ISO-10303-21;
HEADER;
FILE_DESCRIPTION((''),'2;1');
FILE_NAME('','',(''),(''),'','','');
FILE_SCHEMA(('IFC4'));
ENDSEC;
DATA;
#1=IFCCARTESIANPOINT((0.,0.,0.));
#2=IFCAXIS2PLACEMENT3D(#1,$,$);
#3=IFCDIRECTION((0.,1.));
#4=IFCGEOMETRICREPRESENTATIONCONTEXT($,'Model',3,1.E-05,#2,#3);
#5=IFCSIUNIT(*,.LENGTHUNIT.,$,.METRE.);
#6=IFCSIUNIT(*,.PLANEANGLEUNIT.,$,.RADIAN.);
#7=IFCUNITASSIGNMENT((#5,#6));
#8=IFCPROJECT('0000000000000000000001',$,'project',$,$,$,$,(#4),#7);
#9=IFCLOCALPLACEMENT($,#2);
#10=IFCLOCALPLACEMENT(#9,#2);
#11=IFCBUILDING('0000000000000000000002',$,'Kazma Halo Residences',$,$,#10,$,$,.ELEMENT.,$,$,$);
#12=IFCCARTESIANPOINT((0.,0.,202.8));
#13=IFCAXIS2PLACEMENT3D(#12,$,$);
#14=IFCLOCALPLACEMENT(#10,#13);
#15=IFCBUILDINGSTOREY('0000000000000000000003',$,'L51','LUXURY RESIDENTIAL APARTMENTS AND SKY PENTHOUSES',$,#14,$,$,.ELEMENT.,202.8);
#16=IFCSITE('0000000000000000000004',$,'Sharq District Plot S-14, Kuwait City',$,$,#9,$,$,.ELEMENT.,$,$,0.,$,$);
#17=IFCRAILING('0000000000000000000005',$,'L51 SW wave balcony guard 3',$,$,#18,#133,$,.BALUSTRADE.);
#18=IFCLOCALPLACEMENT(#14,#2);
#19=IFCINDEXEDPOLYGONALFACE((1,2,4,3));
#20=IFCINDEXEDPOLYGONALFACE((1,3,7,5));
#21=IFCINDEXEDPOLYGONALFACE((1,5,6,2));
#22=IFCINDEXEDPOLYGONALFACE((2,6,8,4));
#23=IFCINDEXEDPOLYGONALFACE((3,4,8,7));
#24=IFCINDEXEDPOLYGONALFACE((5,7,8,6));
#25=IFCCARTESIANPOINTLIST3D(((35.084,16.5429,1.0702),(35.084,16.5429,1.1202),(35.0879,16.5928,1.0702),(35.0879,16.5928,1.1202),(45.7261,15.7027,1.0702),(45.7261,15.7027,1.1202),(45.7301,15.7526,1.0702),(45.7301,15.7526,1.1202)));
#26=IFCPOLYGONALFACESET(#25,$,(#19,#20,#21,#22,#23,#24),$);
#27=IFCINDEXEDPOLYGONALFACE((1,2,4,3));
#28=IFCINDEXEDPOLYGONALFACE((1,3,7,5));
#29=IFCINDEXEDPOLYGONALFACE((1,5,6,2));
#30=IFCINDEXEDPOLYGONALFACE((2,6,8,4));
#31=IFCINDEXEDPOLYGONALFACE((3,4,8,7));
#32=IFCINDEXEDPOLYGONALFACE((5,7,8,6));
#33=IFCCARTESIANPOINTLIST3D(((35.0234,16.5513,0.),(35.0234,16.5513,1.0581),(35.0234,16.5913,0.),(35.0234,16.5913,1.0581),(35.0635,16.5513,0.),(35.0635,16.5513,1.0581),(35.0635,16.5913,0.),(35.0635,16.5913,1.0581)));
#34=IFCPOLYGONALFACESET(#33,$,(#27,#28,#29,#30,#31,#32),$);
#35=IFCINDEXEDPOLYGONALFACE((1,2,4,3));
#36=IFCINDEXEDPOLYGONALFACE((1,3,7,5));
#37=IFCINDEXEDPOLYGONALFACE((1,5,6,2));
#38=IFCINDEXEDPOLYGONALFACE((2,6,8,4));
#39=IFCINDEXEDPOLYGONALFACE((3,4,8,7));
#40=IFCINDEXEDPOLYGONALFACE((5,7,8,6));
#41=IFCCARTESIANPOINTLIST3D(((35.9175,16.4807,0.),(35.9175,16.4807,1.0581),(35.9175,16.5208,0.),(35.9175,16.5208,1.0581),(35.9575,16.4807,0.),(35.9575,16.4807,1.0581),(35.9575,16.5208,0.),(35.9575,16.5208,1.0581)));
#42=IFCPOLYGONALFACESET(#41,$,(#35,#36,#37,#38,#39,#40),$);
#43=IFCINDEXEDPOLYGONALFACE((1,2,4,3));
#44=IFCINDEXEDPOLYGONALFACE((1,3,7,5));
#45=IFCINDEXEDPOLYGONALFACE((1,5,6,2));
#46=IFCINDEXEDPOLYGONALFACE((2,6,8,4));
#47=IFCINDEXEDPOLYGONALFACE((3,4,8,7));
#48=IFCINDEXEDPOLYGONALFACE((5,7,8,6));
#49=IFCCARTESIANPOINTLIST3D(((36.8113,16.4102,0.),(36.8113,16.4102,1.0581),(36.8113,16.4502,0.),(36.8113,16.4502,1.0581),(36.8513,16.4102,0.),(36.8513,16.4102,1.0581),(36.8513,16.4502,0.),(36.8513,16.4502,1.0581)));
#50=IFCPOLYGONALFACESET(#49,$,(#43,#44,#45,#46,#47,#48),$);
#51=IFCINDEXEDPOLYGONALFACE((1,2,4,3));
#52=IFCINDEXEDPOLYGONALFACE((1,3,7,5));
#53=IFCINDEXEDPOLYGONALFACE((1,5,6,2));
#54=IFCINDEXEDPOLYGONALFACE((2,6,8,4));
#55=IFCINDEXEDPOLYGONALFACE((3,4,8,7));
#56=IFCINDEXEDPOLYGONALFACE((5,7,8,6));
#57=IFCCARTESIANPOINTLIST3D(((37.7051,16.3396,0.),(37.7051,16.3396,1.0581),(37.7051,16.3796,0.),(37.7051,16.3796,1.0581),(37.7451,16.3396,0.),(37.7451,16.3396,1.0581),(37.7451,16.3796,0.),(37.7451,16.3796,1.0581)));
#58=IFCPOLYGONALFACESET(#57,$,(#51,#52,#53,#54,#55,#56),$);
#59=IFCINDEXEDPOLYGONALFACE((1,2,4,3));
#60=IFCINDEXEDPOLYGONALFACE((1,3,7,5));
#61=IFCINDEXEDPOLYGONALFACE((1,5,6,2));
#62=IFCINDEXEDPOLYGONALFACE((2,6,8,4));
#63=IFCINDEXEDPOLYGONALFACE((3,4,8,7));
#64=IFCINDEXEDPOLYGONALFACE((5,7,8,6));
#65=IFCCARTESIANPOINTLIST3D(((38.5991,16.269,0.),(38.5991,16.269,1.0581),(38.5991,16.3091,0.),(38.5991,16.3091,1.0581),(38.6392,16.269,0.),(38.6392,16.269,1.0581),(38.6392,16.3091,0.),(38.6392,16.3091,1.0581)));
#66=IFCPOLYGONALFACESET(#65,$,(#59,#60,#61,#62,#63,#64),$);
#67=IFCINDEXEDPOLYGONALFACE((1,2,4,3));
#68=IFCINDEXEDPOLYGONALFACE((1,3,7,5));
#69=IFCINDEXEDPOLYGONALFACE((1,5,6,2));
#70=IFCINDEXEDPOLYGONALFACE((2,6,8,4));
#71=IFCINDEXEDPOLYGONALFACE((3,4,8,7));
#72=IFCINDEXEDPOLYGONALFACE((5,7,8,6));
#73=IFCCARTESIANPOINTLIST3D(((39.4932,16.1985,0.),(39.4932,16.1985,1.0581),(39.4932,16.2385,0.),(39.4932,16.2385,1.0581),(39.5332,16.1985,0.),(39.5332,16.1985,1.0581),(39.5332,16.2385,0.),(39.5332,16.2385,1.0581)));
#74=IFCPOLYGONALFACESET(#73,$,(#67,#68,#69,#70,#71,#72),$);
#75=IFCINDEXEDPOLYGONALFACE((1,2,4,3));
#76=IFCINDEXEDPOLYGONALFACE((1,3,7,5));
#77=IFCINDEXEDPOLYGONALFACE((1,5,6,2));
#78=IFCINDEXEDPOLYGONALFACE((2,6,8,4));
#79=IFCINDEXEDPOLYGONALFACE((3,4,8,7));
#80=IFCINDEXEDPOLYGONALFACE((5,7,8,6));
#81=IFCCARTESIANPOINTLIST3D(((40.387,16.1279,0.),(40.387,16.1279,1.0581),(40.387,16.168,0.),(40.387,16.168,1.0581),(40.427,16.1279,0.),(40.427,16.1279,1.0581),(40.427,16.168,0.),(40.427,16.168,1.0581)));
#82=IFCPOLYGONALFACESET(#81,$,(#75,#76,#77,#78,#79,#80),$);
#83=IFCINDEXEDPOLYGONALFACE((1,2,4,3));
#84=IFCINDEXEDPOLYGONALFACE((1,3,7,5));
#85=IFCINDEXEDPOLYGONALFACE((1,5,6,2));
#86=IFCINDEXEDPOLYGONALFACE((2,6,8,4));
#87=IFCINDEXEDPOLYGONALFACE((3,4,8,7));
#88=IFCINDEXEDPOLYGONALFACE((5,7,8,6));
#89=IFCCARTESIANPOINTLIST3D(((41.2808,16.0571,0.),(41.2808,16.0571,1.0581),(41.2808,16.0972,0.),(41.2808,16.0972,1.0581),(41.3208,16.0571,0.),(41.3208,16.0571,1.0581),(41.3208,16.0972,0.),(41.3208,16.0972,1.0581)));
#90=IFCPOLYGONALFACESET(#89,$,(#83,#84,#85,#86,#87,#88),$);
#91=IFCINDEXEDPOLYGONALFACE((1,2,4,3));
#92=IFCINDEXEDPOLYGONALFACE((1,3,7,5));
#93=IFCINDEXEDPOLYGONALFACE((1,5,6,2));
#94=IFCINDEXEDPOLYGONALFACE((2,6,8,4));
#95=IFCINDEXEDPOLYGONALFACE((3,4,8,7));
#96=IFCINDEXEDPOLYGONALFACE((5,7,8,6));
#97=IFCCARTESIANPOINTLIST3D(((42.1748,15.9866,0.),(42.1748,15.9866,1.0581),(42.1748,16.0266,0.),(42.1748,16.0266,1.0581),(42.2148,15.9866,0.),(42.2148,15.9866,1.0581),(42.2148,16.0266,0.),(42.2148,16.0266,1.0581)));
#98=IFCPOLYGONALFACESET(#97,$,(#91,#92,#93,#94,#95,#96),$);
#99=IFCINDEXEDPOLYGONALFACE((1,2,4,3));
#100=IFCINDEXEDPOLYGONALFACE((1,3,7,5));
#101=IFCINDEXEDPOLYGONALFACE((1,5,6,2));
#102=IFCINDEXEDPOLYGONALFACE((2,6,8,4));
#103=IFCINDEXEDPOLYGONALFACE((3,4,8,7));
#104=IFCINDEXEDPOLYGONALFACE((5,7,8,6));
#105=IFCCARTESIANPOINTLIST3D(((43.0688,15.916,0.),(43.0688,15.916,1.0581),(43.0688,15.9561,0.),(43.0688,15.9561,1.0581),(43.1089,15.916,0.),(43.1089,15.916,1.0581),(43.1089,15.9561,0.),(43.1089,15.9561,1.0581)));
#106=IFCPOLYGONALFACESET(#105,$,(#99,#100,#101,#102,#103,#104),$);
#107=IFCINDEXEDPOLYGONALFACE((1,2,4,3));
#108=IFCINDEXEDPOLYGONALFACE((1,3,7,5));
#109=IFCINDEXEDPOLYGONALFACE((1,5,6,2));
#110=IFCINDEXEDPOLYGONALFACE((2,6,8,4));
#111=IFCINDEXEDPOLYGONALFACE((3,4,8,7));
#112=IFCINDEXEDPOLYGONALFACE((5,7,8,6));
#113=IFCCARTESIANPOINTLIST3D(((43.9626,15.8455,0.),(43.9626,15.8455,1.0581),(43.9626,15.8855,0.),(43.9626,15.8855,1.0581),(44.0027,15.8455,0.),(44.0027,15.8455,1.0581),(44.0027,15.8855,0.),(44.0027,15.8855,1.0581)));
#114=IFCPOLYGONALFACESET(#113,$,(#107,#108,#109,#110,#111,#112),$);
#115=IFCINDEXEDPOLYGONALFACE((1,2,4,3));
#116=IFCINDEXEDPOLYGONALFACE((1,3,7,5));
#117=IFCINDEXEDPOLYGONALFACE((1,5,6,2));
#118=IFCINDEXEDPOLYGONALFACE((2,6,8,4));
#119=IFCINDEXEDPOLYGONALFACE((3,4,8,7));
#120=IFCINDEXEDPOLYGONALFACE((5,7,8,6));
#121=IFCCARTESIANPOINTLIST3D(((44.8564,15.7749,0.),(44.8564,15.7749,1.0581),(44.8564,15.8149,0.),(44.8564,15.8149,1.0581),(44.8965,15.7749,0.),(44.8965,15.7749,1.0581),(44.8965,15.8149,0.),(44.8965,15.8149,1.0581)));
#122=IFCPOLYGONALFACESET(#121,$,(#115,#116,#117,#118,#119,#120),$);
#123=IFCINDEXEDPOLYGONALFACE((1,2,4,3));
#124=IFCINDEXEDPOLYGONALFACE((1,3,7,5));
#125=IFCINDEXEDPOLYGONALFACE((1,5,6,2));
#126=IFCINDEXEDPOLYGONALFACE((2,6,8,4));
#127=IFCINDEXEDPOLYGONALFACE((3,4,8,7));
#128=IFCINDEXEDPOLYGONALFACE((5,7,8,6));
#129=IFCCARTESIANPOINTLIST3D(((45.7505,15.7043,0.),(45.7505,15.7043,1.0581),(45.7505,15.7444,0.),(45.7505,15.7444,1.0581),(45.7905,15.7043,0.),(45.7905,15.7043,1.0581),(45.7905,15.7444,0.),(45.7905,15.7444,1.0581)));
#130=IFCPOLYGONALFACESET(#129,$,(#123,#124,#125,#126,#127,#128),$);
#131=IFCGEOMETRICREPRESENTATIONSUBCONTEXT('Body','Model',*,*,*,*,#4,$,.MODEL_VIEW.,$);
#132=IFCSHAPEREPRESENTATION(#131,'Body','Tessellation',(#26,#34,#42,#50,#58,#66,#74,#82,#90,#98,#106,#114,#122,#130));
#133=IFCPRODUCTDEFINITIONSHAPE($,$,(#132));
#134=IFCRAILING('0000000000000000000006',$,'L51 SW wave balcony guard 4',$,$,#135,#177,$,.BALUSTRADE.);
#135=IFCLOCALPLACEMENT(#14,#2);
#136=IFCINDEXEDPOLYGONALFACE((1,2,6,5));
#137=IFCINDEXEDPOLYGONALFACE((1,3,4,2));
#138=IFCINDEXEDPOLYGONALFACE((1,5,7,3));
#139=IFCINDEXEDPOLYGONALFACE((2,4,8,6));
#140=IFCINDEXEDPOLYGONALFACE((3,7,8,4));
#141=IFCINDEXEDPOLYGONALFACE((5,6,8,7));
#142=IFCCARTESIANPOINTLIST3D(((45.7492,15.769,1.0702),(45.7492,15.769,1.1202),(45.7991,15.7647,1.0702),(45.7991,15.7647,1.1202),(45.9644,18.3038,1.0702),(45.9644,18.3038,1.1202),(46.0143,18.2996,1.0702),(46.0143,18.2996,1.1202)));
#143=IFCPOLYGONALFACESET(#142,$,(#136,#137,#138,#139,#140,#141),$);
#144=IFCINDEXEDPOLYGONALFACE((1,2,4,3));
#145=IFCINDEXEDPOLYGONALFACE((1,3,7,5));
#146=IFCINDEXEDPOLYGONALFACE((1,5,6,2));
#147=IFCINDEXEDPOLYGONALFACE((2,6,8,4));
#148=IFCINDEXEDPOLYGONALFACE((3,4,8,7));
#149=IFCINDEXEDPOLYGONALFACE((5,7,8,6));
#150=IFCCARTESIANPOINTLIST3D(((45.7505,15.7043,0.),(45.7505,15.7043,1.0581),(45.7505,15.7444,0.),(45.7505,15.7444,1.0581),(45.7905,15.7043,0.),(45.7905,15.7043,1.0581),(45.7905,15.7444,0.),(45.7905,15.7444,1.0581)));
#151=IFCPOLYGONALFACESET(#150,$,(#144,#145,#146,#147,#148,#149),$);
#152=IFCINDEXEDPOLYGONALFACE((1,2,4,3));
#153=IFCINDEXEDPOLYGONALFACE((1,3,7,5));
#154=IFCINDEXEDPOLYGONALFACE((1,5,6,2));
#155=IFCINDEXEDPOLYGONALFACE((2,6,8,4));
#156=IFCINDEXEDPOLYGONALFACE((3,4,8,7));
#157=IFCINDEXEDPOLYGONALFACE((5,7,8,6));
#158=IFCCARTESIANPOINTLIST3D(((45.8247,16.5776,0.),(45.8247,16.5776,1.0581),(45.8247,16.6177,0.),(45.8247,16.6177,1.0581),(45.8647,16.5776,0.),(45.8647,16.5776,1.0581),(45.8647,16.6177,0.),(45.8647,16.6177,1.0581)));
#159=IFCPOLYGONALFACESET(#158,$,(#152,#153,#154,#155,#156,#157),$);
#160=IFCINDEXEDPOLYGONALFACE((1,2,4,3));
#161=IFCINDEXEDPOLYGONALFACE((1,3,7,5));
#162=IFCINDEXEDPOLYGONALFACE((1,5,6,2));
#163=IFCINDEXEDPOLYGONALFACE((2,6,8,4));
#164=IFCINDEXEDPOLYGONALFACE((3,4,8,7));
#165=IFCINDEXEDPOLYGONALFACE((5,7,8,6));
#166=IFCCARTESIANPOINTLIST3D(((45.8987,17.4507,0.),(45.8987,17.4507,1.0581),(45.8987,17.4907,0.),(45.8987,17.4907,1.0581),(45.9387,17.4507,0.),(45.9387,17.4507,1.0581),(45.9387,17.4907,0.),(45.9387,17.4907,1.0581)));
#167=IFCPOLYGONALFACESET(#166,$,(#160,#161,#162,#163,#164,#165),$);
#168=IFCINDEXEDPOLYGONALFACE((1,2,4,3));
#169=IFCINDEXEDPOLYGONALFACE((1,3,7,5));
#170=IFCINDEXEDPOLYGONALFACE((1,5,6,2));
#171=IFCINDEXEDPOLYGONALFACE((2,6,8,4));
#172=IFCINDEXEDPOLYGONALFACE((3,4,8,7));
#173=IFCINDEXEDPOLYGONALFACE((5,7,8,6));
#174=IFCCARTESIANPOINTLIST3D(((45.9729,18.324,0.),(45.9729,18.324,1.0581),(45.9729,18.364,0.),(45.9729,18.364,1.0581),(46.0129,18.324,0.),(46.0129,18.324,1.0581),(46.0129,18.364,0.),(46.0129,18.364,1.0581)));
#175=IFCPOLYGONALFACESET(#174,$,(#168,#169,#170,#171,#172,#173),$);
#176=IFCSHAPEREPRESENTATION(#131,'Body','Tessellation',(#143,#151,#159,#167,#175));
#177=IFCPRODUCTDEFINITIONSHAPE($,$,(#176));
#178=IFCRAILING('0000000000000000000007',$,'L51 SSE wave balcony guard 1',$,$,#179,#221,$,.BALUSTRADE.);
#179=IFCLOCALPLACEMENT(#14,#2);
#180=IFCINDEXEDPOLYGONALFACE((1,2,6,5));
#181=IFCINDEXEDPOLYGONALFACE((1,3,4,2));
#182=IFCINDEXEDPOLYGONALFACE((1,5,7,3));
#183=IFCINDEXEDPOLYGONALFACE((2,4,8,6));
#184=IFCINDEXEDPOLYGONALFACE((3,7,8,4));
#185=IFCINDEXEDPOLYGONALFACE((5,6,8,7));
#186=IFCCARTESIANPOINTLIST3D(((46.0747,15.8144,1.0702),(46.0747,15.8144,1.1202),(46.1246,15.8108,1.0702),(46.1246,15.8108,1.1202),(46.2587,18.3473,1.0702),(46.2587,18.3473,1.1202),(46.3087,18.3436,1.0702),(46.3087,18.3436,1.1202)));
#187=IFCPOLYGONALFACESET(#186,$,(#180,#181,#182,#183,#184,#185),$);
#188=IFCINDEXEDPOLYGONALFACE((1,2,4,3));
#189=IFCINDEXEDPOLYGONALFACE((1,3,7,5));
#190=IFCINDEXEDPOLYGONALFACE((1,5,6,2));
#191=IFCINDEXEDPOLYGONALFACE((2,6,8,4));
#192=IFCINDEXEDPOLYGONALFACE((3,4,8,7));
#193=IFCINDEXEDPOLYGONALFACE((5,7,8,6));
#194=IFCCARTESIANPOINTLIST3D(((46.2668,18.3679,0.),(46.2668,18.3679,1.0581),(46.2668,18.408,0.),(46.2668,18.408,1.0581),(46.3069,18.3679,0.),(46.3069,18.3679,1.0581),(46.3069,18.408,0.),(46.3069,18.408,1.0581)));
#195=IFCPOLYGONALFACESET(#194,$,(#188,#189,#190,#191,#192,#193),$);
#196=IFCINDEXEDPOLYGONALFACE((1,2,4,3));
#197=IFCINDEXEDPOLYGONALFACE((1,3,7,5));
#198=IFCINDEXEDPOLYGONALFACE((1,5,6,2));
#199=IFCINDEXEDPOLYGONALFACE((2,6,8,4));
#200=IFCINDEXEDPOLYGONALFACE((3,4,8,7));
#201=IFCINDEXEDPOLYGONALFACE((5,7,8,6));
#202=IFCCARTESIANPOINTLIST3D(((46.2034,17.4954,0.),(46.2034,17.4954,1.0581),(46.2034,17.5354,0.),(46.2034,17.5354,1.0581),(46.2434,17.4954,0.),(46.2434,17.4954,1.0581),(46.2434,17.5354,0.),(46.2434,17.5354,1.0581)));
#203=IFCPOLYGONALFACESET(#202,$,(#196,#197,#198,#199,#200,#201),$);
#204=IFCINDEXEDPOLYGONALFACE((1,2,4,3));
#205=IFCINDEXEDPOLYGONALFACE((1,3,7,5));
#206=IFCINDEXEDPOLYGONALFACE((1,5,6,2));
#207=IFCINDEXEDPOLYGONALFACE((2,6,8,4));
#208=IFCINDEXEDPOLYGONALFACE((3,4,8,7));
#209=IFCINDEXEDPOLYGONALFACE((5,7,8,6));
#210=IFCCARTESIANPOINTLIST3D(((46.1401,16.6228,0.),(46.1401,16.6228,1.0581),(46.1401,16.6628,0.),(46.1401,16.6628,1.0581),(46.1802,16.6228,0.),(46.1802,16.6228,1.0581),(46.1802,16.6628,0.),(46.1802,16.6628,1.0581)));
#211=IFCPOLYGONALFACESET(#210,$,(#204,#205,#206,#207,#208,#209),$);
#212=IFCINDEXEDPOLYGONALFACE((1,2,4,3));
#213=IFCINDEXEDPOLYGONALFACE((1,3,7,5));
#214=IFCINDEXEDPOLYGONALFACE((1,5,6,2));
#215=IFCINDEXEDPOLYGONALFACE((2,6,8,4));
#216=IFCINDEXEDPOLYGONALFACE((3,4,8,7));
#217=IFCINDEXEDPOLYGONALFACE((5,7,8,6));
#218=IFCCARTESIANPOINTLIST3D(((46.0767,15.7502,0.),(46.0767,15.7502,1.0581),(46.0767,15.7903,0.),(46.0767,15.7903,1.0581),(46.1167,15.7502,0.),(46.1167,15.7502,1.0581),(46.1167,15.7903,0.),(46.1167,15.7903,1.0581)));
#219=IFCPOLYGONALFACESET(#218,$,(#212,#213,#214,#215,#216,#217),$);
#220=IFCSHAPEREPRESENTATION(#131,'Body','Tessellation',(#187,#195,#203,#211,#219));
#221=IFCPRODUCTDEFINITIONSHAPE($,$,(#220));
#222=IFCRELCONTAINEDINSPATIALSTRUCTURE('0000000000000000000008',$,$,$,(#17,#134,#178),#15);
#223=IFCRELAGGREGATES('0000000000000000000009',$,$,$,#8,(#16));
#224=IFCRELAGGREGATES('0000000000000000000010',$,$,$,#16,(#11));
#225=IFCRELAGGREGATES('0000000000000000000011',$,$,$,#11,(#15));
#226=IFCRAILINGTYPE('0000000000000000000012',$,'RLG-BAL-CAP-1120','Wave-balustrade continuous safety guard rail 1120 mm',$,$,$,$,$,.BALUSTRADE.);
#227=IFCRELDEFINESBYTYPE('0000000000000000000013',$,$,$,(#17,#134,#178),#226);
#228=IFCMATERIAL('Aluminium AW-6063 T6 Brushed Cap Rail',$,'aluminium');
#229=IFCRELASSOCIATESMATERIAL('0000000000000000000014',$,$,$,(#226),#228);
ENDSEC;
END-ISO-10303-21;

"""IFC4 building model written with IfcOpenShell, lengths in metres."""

from ifc_helpers import new_model, si_unit, direction, frame, origin, origin_2d, place, context, subcontext, project, spatial, rectangle, extrude, material, type_object, element, save


model = new_model("IFC4")

# Units and contexts
model_context = context("Model", 3, precision=1e-05, world=origin(), true_north=direction((0.0, 1.0)))
body_context = subcontext(model_context, "Body", "Model", "MODEL_VIEW")
ifc_project = project(units=[si_unit("LENGTHUNIT", "METRE"), si_unit("PLANEANGLEUNIT", "RADIAN")], contexts=[model_context])

# Site, building, storey
site_placement = place(None, origin())
site = spatial("IfcSite", under=ifc_project, at=site_placement, Name="Sharq District Plot S-14, Kuwait City", CompositionType="ELEMENT", RefElevation=0.0)
building_placement = place(site_placement, origin())
building = spatial("IfcBuilding", under=site, at=building_placement, Name="Kazma Halo Residences", CompositionType="ELEMENT")
storey_placement = place(building_placement, frame((0.0, 0.0, 202.8)))
storey = spatial("IfcBuildingStorey", under=building, at=storey_placement, Name="L51", Description="LUXURY RESIDENTIAL APARTMENTS AND SKY PENTHOUSES", CompositionType="ELEMENT", Elevation=202.8)

# Railings
ifc_material_1 = material(Name="Aluminium AW-6063 T6 Brushed Cap Rail", Category="aluminium")
railing_type = type_object("IfcRailingType", Name="RLG-BAL-CAP-1120", Description="Wave-balustrade continuous safety guard rail 1120 mm", PredefinedType="BALUSTRADE", material=ifc_material_1)
railing_1_placement = place(storey_placement, frame((35.0435, 16.5713, 0.0)))
element("IfcRailing", 1, at=railing_1_placement, inside=storey, type_object=railing_type, Name="L51 SW wave balcony guard 3", PredefinedType="BALUSTRADE", context=body_context, shape_type="SweptSolid", body=[
    extrude(rectangle(XDim=0.05, YDim=0.05, at=origin_2d()), frame((0.0425, -0.0034, 1.0952), z_axis=(0.996898, -0.078707, 0.0), x_axis=(0.078707, 0.996898, 0.0)), (0.0, 0.0, 1.0), 10.6753),
    extrude(rectangle(XDim=0.04, YDim=0.04, at=origin_2d()), origin(), (0.0, 0.0, 1.0), 1.0581),
    extrude(rectangle(XDim=0.04, YDim=0.04, at=origin_2d()), frame((0.894, -0.0706, 0.0)), (0.0, 0.0, 1.0), 1.0581),
    extrude(rectangle(XDim=0.04, YDim=0.04, at=origin_2d()), frame((1.7878, -0.1411, 0.0)), (0.0, 0.0, 1.0), 1.0581),
    extrude(rectangle(XDim=0.04, YDim=0.04, at=origin_2d()), frame((2.6816, -0.2117, 0.0)), (0.0, 0.0, 1.0), 1.0581),
    extrude(rectangle(XDim=0.04, YDim=0.04, at=origin_2d()), frame((3.5757, -0.2822, 0.0)), (0.0, 0.0, 1.0), 1.0581),
    extrude(rectangle(XDim=0.04, YDim=0.04, at=origin_2d()), frame((4.4697, -0.3528, 0.0)), (0.0, 0.0, 1.0), 1.0581),
    extrude(rectangle(XDim=0.04, YDim=0.04, at=origin_2d()), frame((5.3635, -0.4233, 0.0)), (0.0, 0.0, 1.0), 1.0581),
    extrude(rectangle(XDim=0.04, YDim=0.04, at=origin_2d()), frame((6.2573, -0.4941, 0.0)), (0.0, 0.0, 1.0), 1.0581),
    extrude(rectangle(XDim=0.04, YDim=0.04, at=origin_2d()), frame((7.1514, -0.5647, 0.0)), (0.0, 0.0, 1.0), 1.0581),
    extrude(rectangle(XDim=0.04, YDim=0.04, at=origin_2d()), frame((8.0454, -0.6353, 0.0)), (0.0, 0.0, 1.0), 1.0581),
    extrude(rectangle(XDim=0.04, YDim=0.04, at=origin_2d()), frame((8.9392, -0.7058, 0.0)), (0.0, 0.0, 1.0), 1.0581),
    extrude(rectangle(XDim=0.04, YDim=0.04, at=origin_2d()), frame((9.833, -0.7764, 0.0)), (0.0, 0.0, 1.0), 1.0581),
    extrude(rectangle(XDim=0.04, YDim=0.04, at=origin_2d()), frame((10.7271, -0.8469, 0.0)), (0.0, 0.0, 1.0), 1.0581),
])
railing_2_placement = place(storey_placement, frame((45.7705, 15.7244, 0.0)))
element("IfcRailing", 2, at=railing_2_placement, inside=storey, type_object=railing_type, Name="L51 SW wave balcony guard 4", PredefinedType="BALUSTRADE", context=body_context, shape_type="SweptSolid", body=[
    extrude(rectangle(XDim=0.05, YDim=0.05, at=origin_2d()), frame((0.0037, 0.0425, 1.0952), z_axis=(0.084598, 0.996415, 0.0), x_axis=(-0.996415, 0.084598, 0.0)), (0.0, 0.0, 1.0), 2.5439),
    extrude(rectangle(XDim=0.04, YDim=0.04, at=origin_2d()), origin(), (0.0, 0.0, 1.0), 1.0581),
    extrude(rectangle(XDim=0.04, YDim=0.04, at=origin_2d()), frame((0.0742, 0.8733, 0.0)), (0.0, 0.0, 1.0), 1.0581),
    extrude(rectangle(XDim=0.04, YDim=0.04, at=origin_2d()), frame((0.1482, 1.7463, 0.0)), (0.0, 0.0, 1.0), 1.0581),
    extrude(rectangle(XDim=0.04, YDim=0.04, at=origin_2d()), frame((0.2224, 2.6196, 0.0)), (0.0, 0.0, 1.0), 1.0581),
])
railing_3_placement = place(storey_placement, frame((46.2869, 18.3879, 0.0)))
element("IfcRailing", 3, at=railing_3_placement, inside=storey, type_object=railing_type, Name="L51 SSE wave balcony guard 1", PredefinedType="BALUSTRADE", context=body_context, shape_type="SweptSolid", body=[
    extrude(rectangle(XDim=0.05, YDim=0.05, at=origin_2d()), frame((-0.0032, -0.0425, 1.0952), z_axis=(-0.072463, -0.997371, 0.0), x_axis=(0.997371, -0.072463, 0.0)), (0.0, 0.0, 1.0), 2.5396),
    extrude(rectangle(XDim=0.04, YDim=0.04, at=origin_2d()), origin(), (0.0, 0.0, 1.0), 1.0581),
    extrude(rectangle(XDim=0.04, YDim=0.04, at=origin_2d()), frame((-0.0635, -0.8726, 0.0)), (0.0, 0.0, 1.0), 1.0581),
    extrude(rectangle(XDim=0.04, YDim=0.04, at=origin_2d()), frame((-0.1267, -1.7451, 0.0)), (0.0, 0.0, 1.0), 1.0581),
    extrude(rectangle(XDim=0.04, YDim=0.04, at=origin_2d()), frame((-0.1902, -2.6177, 0.0)), (0.0, 0.0, 1.0), 1.0581),
])

save(model, "model.ifc")
